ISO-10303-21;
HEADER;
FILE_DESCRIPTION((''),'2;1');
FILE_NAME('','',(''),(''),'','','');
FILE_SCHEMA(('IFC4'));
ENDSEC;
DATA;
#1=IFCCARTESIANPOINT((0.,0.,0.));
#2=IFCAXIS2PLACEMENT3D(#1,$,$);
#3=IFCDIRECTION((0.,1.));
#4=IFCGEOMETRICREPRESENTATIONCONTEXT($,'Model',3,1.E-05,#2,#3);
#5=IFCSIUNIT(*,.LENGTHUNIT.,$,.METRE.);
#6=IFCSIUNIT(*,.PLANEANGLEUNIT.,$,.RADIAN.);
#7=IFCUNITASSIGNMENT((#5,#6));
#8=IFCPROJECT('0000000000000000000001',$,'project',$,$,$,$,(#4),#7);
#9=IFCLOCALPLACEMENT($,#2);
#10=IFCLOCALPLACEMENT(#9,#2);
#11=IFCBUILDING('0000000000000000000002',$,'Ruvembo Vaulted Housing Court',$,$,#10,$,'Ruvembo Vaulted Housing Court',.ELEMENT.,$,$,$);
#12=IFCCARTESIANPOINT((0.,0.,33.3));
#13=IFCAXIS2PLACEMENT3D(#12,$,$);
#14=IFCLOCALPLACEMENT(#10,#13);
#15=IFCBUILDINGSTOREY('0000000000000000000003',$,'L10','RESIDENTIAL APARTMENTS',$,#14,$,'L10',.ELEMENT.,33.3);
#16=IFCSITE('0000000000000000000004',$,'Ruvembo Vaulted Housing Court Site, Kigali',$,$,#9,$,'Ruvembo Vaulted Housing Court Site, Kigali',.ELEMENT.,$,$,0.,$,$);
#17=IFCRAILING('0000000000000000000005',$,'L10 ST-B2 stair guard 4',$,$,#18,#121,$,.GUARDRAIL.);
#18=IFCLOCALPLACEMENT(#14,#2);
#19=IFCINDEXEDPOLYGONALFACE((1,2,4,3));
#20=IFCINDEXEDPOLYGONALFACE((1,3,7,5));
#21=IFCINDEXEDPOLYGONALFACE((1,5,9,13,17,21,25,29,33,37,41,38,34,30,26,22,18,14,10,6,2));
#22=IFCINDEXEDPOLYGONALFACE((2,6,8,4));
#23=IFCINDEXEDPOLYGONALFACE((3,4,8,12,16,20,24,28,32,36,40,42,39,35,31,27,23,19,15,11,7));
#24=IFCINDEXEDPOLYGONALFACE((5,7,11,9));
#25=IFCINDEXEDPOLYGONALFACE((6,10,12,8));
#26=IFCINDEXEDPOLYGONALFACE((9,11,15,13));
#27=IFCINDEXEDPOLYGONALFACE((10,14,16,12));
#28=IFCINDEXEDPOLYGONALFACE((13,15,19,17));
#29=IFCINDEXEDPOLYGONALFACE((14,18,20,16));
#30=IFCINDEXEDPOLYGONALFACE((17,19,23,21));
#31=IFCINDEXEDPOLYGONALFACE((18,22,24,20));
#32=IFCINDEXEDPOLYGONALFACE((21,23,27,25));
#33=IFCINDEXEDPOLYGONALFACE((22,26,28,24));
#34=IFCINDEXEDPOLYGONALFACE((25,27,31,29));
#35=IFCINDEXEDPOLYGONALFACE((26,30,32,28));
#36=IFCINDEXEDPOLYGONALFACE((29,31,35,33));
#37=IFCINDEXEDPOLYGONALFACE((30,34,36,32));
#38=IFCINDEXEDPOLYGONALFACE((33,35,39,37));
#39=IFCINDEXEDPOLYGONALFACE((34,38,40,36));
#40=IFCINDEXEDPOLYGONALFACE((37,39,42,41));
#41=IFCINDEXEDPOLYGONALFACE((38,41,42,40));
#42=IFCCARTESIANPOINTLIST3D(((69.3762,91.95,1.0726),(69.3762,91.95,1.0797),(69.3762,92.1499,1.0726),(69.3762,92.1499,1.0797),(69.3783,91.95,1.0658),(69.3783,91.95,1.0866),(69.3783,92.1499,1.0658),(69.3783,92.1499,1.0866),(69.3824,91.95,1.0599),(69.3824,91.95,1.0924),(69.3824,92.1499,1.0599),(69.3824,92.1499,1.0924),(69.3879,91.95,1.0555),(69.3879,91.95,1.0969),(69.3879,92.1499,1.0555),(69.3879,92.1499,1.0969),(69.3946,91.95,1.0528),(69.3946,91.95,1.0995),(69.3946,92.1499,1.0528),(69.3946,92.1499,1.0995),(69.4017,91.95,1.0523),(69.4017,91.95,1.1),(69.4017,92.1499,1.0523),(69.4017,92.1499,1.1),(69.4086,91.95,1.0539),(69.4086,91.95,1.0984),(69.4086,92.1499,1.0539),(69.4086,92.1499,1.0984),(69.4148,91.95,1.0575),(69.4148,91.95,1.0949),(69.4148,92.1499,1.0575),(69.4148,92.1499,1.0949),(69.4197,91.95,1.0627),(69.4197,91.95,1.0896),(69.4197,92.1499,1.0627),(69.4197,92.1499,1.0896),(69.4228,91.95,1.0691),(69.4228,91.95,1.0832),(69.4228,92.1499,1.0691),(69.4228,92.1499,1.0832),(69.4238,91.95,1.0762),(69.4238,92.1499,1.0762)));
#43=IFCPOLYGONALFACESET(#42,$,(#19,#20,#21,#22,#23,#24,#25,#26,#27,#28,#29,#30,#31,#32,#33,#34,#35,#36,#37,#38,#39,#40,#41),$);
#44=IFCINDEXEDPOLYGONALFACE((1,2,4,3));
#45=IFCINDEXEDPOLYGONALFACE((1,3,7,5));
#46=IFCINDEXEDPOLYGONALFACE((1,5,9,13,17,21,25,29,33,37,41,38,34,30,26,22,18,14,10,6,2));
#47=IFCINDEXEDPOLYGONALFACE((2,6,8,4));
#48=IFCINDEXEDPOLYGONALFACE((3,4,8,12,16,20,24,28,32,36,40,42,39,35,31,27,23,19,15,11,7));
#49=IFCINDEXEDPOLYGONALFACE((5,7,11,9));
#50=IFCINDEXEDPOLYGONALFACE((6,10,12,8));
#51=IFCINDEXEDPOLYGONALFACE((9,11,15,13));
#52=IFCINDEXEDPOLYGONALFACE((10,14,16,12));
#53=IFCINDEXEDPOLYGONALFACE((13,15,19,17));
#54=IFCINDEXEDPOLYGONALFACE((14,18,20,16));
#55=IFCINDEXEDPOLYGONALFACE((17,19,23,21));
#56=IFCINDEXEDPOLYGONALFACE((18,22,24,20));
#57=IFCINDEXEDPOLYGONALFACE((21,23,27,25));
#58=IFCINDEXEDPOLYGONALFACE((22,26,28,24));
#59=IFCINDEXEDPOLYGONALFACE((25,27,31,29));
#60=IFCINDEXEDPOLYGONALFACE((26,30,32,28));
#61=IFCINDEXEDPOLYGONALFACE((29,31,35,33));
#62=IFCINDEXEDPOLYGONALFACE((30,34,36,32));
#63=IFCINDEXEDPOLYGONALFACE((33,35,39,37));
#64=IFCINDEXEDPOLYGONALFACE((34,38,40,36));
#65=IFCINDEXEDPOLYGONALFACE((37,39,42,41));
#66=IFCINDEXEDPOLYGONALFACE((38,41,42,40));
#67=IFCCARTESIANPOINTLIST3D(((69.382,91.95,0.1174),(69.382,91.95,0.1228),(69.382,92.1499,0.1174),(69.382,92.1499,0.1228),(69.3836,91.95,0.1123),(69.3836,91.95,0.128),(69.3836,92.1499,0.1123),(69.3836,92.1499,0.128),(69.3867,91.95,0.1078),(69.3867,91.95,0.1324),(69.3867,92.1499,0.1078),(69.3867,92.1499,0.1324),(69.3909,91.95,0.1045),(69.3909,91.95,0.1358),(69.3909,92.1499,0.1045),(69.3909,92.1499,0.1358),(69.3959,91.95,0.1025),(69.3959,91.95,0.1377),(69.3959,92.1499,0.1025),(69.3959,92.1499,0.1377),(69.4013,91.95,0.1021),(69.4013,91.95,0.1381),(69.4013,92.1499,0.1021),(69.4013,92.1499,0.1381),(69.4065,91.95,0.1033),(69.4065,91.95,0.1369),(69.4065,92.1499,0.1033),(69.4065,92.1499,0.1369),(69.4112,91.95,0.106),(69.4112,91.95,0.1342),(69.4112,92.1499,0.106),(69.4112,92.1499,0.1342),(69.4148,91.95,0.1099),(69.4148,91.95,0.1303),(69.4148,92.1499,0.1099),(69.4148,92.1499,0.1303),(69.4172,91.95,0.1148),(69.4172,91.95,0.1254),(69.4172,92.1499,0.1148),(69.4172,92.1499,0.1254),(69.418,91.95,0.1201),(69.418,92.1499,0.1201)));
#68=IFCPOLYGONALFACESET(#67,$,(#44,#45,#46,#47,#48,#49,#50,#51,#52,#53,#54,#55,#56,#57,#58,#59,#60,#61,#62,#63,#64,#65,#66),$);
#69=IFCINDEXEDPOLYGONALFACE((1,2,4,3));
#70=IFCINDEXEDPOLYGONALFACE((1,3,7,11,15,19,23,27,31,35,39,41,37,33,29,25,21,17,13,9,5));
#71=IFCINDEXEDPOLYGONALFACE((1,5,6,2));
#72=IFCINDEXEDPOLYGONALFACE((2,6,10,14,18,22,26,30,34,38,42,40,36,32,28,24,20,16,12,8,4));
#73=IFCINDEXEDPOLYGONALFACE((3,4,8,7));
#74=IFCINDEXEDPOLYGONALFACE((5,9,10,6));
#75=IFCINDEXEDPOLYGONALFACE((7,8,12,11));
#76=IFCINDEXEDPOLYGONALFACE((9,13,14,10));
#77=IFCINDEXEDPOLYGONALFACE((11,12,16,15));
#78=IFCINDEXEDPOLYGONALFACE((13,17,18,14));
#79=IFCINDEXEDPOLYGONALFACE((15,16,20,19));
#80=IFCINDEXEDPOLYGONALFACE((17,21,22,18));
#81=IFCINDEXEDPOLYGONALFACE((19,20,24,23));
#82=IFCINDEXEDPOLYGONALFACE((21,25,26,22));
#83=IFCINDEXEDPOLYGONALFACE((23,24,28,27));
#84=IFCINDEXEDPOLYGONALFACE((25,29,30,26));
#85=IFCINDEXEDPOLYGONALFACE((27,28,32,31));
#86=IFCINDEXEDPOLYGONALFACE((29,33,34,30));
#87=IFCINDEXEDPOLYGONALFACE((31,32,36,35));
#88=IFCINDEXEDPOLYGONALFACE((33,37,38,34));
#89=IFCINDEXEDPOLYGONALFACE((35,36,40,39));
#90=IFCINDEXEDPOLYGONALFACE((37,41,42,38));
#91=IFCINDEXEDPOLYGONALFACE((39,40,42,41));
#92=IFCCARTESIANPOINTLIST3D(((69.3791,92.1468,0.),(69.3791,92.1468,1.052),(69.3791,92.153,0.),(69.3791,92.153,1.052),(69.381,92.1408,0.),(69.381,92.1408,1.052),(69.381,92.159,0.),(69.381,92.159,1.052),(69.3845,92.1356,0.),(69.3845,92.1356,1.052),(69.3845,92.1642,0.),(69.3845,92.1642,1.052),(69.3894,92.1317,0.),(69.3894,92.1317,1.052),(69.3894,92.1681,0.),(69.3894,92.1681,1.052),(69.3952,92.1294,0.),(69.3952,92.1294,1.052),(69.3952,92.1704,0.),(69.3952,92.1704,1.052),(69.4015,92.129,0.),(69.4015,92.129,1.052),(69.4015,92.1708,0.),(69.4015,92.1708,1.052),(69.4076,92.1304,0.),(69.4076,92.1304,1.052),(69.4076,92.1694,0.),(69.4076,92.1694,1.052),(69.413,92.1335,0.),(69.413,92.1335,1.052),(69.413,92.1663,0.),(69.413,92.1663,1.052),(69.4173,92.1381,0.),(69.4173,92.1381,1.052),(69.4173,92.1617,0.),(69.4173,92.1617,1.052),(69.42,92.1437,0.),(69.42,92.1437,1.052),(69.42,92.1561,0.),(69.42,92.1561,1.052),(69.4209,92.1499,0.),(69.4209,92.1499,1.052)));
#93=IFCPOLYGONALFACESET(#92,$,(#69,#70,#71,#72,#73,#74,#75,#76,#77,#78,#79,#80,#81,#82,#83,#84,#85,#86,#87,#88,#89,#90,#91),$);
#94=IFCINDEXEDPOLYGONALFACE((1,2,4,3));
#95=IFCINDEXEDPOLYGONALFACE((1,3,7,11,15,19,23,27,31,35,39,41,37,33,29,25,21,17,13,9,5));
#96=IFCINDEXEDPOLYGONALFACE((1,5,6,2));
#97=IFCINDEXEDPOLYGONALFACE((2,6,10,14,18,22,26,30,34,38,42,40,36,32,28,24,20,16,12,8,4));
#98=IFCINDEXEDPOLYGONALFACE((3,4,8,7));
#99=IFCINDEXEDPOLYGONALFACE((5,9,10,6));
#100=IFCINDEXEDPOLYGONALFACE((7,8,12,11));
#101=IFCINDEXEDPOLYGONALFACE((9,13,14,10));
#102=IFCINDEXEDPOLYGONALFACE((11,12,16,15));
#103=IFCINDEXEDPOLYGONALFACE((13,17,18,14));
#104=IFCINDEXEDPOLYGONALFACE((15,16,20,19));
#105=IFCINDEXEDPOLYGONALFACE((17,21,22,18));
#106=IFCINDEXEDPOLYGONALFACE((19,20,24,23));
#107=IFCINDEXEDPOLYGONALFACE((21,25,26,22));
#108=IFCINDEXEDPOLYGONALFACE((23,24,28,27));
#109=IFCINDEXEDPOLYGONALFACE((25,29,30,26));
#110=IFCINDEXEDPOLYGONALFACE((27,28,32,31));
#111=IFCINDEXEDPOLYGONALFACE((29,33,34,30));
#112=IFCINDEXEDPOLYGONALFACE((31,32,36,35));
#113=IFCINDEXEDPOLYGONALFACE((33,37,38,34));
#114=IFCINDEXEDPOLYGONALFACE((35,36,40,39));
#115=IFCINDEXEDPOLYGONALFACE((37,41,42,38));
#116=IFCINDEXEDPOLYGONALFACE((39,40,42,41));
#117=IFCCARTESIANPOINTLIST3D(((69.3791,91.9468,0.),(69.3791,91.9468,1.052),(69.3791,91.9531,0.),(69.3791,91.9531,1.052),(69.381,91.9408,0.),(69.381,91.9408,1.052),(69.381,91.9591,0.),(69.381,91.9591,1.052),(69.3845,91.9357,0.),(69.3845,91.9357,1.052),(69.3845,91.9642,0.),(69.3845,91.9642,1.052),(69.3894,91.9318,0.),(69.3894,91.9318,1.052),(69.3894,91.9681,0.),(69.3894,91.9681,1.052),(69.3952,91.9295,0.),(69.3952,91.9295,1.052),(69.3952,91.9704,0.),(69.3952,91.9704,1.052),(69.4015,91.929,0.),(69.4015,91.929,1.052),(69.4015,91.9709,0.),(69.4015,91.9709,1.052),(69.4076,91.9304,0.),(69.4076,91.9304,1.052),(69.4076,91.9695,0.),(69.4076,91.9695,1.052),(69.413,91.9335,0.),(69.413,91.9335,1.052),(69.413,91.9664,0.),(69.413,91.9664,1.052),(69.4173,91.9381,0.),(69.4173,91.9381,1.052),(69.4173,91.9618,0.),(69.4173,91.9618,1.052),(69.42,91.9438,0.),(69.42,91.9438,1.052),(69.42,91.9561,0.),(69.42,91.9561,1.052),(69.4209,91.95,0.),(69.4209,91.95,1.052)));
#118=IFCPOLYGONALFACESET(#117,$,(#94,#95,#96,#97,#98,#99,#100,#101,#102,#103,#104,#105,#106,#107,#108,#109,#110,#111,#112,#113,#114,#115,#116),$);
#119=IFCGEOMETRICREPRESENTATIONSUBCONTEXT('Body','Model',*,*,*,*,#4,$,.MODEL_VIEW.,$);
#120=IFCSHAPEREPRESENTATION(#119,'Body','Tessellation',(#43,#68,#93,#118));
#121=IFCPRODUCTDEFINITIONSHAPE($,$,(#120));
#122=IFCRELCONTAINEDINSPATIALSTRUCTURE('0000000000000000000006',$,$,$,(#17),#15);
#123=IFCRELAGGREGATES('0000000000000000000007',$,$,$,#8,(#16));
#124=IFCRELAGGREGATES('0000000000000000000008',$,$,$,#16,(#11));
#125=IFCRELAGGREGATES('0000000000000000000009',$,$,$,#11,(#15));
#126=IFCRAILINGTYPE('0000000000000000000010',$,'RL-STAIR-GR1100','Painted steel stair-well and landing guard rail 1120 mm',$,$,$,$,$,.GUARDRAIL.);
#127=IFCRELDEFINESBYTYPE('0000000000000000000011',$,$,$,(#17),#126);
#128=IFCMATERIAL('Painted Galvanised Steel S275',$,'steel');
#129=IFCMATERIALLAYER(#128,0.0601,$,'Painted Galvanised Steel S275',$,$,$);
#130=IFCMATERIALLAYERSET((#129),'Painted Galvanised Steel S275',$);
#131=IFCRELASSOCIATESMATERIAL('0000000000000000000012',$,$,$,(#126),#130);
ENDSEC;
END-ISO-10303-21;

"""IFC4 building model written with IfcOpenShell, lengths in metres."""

from ifc_helpers import new_model, si_unit, direction, frame, origin, origin_2d, place, context, subcontext, project, spatial, circle, extrude, material, layer, layer_set, type_object, element, save


model = new_model("IFC4")

# Units and contexts
model_context = context("Model", 3, precision=1e-05, world=origin(), true_north=direction((0.0, 1.0)))
body_context = subcontext(model_context, "Body", "Model", "MODEL_VIEW")
ifc_project = project(units=[si_unit("LENGTHUNIT", "METRE"), si_unit("PLANEANGLEUNIT", "RADIAN")], contexts=[model_context])

# Site, building, storey
site_placement = place(None, origin())
site = spatial("IfcSite", under=ifc_project, at=site_placement, Name="Ruvembo Vaulted Housing Court Site, Kigali", LongName="Ruvembo Vaulted Housing Court Site, Kigali", CompositionType="ELEMENT", RefElevation=0.0)
building_placement = place(site_placement, origin())
building = spatial("IfcBuilding", under=site, at=building_placement, Name="Ruvembo Vaulted Housing Court", LongName="Ruvembo Vaulted Housing Court", CompositionType="ELEMENT")
storey_placement = place(building_placement, frame((0.0, 0.0, 33.3)))
storey = spatial("IfcBuildingStorey", under=building, at=storey_placement, Name="L10", Description="RESIDENTIAL APARTMENTS", LongName="L10", CompositionType="ELEMENT", Elevation=33.3)

# Railing
ifc_material_1 = material(Name="Painted Galvanised Steel S275", Category="steel")
ifc_layer_1 = layer(ifc_material_1, 0.0601, Name="Painted Galvanised Steel S275")
ifc_layer_set_1 = layer_set([ifc_layer_1], Name="Painted Galvanised Steel S275")
railing_type_1 = type_object("IfcRailingType", Name="RL-STAIR-GR1100", Description="Painted steel stair-well and landing guard rail 1120 mm", PredefinedType="GUARDRAIL", material=ifc_layer_set_1)
railing_1_placement = place(storey_placement, frame((69.3999, 92.1499, 0.0)))
element("IfcRailing", 1, at=railing_1_placement, inside=storey, type_object=railing_type_1, Name="L10 ST-B2 stair guard 4", PredefinedType="GUARDRAIL", context=body_context, shape_type="SweptSolid", body=[
    extrude(circle(Radius=0.0239, at=origin_2d()), frame((0.0, 0.0, 1.0762), z_axis=(0.0, -1.0, 0.0), x_axis=(1.0, 0.0, 0.0)), (0.0, 0.0, 1.0), 0.2),
    extrude(circle(Radius=0.0181, at=origin_2d()), frame((0.0, 0.0, 0.1201), z_axis=(0.0, -1.0, 0.0), x_axis=(1.0, 0.0, 0.0)), (0.0, 0.0, 1.0), 0.2),
    extrude(circle(Radius=0.021, at=origin_2d()), origin(), (0.0, 0.0, 1.0), 1.052),
    extrude(circle(Radius=0.021, at=origin_2d()), frame((0.0, -0.2, 0.0)), (0.0, 0.0, 1.0), 1.052),
])

save(model, "model.ifc")
